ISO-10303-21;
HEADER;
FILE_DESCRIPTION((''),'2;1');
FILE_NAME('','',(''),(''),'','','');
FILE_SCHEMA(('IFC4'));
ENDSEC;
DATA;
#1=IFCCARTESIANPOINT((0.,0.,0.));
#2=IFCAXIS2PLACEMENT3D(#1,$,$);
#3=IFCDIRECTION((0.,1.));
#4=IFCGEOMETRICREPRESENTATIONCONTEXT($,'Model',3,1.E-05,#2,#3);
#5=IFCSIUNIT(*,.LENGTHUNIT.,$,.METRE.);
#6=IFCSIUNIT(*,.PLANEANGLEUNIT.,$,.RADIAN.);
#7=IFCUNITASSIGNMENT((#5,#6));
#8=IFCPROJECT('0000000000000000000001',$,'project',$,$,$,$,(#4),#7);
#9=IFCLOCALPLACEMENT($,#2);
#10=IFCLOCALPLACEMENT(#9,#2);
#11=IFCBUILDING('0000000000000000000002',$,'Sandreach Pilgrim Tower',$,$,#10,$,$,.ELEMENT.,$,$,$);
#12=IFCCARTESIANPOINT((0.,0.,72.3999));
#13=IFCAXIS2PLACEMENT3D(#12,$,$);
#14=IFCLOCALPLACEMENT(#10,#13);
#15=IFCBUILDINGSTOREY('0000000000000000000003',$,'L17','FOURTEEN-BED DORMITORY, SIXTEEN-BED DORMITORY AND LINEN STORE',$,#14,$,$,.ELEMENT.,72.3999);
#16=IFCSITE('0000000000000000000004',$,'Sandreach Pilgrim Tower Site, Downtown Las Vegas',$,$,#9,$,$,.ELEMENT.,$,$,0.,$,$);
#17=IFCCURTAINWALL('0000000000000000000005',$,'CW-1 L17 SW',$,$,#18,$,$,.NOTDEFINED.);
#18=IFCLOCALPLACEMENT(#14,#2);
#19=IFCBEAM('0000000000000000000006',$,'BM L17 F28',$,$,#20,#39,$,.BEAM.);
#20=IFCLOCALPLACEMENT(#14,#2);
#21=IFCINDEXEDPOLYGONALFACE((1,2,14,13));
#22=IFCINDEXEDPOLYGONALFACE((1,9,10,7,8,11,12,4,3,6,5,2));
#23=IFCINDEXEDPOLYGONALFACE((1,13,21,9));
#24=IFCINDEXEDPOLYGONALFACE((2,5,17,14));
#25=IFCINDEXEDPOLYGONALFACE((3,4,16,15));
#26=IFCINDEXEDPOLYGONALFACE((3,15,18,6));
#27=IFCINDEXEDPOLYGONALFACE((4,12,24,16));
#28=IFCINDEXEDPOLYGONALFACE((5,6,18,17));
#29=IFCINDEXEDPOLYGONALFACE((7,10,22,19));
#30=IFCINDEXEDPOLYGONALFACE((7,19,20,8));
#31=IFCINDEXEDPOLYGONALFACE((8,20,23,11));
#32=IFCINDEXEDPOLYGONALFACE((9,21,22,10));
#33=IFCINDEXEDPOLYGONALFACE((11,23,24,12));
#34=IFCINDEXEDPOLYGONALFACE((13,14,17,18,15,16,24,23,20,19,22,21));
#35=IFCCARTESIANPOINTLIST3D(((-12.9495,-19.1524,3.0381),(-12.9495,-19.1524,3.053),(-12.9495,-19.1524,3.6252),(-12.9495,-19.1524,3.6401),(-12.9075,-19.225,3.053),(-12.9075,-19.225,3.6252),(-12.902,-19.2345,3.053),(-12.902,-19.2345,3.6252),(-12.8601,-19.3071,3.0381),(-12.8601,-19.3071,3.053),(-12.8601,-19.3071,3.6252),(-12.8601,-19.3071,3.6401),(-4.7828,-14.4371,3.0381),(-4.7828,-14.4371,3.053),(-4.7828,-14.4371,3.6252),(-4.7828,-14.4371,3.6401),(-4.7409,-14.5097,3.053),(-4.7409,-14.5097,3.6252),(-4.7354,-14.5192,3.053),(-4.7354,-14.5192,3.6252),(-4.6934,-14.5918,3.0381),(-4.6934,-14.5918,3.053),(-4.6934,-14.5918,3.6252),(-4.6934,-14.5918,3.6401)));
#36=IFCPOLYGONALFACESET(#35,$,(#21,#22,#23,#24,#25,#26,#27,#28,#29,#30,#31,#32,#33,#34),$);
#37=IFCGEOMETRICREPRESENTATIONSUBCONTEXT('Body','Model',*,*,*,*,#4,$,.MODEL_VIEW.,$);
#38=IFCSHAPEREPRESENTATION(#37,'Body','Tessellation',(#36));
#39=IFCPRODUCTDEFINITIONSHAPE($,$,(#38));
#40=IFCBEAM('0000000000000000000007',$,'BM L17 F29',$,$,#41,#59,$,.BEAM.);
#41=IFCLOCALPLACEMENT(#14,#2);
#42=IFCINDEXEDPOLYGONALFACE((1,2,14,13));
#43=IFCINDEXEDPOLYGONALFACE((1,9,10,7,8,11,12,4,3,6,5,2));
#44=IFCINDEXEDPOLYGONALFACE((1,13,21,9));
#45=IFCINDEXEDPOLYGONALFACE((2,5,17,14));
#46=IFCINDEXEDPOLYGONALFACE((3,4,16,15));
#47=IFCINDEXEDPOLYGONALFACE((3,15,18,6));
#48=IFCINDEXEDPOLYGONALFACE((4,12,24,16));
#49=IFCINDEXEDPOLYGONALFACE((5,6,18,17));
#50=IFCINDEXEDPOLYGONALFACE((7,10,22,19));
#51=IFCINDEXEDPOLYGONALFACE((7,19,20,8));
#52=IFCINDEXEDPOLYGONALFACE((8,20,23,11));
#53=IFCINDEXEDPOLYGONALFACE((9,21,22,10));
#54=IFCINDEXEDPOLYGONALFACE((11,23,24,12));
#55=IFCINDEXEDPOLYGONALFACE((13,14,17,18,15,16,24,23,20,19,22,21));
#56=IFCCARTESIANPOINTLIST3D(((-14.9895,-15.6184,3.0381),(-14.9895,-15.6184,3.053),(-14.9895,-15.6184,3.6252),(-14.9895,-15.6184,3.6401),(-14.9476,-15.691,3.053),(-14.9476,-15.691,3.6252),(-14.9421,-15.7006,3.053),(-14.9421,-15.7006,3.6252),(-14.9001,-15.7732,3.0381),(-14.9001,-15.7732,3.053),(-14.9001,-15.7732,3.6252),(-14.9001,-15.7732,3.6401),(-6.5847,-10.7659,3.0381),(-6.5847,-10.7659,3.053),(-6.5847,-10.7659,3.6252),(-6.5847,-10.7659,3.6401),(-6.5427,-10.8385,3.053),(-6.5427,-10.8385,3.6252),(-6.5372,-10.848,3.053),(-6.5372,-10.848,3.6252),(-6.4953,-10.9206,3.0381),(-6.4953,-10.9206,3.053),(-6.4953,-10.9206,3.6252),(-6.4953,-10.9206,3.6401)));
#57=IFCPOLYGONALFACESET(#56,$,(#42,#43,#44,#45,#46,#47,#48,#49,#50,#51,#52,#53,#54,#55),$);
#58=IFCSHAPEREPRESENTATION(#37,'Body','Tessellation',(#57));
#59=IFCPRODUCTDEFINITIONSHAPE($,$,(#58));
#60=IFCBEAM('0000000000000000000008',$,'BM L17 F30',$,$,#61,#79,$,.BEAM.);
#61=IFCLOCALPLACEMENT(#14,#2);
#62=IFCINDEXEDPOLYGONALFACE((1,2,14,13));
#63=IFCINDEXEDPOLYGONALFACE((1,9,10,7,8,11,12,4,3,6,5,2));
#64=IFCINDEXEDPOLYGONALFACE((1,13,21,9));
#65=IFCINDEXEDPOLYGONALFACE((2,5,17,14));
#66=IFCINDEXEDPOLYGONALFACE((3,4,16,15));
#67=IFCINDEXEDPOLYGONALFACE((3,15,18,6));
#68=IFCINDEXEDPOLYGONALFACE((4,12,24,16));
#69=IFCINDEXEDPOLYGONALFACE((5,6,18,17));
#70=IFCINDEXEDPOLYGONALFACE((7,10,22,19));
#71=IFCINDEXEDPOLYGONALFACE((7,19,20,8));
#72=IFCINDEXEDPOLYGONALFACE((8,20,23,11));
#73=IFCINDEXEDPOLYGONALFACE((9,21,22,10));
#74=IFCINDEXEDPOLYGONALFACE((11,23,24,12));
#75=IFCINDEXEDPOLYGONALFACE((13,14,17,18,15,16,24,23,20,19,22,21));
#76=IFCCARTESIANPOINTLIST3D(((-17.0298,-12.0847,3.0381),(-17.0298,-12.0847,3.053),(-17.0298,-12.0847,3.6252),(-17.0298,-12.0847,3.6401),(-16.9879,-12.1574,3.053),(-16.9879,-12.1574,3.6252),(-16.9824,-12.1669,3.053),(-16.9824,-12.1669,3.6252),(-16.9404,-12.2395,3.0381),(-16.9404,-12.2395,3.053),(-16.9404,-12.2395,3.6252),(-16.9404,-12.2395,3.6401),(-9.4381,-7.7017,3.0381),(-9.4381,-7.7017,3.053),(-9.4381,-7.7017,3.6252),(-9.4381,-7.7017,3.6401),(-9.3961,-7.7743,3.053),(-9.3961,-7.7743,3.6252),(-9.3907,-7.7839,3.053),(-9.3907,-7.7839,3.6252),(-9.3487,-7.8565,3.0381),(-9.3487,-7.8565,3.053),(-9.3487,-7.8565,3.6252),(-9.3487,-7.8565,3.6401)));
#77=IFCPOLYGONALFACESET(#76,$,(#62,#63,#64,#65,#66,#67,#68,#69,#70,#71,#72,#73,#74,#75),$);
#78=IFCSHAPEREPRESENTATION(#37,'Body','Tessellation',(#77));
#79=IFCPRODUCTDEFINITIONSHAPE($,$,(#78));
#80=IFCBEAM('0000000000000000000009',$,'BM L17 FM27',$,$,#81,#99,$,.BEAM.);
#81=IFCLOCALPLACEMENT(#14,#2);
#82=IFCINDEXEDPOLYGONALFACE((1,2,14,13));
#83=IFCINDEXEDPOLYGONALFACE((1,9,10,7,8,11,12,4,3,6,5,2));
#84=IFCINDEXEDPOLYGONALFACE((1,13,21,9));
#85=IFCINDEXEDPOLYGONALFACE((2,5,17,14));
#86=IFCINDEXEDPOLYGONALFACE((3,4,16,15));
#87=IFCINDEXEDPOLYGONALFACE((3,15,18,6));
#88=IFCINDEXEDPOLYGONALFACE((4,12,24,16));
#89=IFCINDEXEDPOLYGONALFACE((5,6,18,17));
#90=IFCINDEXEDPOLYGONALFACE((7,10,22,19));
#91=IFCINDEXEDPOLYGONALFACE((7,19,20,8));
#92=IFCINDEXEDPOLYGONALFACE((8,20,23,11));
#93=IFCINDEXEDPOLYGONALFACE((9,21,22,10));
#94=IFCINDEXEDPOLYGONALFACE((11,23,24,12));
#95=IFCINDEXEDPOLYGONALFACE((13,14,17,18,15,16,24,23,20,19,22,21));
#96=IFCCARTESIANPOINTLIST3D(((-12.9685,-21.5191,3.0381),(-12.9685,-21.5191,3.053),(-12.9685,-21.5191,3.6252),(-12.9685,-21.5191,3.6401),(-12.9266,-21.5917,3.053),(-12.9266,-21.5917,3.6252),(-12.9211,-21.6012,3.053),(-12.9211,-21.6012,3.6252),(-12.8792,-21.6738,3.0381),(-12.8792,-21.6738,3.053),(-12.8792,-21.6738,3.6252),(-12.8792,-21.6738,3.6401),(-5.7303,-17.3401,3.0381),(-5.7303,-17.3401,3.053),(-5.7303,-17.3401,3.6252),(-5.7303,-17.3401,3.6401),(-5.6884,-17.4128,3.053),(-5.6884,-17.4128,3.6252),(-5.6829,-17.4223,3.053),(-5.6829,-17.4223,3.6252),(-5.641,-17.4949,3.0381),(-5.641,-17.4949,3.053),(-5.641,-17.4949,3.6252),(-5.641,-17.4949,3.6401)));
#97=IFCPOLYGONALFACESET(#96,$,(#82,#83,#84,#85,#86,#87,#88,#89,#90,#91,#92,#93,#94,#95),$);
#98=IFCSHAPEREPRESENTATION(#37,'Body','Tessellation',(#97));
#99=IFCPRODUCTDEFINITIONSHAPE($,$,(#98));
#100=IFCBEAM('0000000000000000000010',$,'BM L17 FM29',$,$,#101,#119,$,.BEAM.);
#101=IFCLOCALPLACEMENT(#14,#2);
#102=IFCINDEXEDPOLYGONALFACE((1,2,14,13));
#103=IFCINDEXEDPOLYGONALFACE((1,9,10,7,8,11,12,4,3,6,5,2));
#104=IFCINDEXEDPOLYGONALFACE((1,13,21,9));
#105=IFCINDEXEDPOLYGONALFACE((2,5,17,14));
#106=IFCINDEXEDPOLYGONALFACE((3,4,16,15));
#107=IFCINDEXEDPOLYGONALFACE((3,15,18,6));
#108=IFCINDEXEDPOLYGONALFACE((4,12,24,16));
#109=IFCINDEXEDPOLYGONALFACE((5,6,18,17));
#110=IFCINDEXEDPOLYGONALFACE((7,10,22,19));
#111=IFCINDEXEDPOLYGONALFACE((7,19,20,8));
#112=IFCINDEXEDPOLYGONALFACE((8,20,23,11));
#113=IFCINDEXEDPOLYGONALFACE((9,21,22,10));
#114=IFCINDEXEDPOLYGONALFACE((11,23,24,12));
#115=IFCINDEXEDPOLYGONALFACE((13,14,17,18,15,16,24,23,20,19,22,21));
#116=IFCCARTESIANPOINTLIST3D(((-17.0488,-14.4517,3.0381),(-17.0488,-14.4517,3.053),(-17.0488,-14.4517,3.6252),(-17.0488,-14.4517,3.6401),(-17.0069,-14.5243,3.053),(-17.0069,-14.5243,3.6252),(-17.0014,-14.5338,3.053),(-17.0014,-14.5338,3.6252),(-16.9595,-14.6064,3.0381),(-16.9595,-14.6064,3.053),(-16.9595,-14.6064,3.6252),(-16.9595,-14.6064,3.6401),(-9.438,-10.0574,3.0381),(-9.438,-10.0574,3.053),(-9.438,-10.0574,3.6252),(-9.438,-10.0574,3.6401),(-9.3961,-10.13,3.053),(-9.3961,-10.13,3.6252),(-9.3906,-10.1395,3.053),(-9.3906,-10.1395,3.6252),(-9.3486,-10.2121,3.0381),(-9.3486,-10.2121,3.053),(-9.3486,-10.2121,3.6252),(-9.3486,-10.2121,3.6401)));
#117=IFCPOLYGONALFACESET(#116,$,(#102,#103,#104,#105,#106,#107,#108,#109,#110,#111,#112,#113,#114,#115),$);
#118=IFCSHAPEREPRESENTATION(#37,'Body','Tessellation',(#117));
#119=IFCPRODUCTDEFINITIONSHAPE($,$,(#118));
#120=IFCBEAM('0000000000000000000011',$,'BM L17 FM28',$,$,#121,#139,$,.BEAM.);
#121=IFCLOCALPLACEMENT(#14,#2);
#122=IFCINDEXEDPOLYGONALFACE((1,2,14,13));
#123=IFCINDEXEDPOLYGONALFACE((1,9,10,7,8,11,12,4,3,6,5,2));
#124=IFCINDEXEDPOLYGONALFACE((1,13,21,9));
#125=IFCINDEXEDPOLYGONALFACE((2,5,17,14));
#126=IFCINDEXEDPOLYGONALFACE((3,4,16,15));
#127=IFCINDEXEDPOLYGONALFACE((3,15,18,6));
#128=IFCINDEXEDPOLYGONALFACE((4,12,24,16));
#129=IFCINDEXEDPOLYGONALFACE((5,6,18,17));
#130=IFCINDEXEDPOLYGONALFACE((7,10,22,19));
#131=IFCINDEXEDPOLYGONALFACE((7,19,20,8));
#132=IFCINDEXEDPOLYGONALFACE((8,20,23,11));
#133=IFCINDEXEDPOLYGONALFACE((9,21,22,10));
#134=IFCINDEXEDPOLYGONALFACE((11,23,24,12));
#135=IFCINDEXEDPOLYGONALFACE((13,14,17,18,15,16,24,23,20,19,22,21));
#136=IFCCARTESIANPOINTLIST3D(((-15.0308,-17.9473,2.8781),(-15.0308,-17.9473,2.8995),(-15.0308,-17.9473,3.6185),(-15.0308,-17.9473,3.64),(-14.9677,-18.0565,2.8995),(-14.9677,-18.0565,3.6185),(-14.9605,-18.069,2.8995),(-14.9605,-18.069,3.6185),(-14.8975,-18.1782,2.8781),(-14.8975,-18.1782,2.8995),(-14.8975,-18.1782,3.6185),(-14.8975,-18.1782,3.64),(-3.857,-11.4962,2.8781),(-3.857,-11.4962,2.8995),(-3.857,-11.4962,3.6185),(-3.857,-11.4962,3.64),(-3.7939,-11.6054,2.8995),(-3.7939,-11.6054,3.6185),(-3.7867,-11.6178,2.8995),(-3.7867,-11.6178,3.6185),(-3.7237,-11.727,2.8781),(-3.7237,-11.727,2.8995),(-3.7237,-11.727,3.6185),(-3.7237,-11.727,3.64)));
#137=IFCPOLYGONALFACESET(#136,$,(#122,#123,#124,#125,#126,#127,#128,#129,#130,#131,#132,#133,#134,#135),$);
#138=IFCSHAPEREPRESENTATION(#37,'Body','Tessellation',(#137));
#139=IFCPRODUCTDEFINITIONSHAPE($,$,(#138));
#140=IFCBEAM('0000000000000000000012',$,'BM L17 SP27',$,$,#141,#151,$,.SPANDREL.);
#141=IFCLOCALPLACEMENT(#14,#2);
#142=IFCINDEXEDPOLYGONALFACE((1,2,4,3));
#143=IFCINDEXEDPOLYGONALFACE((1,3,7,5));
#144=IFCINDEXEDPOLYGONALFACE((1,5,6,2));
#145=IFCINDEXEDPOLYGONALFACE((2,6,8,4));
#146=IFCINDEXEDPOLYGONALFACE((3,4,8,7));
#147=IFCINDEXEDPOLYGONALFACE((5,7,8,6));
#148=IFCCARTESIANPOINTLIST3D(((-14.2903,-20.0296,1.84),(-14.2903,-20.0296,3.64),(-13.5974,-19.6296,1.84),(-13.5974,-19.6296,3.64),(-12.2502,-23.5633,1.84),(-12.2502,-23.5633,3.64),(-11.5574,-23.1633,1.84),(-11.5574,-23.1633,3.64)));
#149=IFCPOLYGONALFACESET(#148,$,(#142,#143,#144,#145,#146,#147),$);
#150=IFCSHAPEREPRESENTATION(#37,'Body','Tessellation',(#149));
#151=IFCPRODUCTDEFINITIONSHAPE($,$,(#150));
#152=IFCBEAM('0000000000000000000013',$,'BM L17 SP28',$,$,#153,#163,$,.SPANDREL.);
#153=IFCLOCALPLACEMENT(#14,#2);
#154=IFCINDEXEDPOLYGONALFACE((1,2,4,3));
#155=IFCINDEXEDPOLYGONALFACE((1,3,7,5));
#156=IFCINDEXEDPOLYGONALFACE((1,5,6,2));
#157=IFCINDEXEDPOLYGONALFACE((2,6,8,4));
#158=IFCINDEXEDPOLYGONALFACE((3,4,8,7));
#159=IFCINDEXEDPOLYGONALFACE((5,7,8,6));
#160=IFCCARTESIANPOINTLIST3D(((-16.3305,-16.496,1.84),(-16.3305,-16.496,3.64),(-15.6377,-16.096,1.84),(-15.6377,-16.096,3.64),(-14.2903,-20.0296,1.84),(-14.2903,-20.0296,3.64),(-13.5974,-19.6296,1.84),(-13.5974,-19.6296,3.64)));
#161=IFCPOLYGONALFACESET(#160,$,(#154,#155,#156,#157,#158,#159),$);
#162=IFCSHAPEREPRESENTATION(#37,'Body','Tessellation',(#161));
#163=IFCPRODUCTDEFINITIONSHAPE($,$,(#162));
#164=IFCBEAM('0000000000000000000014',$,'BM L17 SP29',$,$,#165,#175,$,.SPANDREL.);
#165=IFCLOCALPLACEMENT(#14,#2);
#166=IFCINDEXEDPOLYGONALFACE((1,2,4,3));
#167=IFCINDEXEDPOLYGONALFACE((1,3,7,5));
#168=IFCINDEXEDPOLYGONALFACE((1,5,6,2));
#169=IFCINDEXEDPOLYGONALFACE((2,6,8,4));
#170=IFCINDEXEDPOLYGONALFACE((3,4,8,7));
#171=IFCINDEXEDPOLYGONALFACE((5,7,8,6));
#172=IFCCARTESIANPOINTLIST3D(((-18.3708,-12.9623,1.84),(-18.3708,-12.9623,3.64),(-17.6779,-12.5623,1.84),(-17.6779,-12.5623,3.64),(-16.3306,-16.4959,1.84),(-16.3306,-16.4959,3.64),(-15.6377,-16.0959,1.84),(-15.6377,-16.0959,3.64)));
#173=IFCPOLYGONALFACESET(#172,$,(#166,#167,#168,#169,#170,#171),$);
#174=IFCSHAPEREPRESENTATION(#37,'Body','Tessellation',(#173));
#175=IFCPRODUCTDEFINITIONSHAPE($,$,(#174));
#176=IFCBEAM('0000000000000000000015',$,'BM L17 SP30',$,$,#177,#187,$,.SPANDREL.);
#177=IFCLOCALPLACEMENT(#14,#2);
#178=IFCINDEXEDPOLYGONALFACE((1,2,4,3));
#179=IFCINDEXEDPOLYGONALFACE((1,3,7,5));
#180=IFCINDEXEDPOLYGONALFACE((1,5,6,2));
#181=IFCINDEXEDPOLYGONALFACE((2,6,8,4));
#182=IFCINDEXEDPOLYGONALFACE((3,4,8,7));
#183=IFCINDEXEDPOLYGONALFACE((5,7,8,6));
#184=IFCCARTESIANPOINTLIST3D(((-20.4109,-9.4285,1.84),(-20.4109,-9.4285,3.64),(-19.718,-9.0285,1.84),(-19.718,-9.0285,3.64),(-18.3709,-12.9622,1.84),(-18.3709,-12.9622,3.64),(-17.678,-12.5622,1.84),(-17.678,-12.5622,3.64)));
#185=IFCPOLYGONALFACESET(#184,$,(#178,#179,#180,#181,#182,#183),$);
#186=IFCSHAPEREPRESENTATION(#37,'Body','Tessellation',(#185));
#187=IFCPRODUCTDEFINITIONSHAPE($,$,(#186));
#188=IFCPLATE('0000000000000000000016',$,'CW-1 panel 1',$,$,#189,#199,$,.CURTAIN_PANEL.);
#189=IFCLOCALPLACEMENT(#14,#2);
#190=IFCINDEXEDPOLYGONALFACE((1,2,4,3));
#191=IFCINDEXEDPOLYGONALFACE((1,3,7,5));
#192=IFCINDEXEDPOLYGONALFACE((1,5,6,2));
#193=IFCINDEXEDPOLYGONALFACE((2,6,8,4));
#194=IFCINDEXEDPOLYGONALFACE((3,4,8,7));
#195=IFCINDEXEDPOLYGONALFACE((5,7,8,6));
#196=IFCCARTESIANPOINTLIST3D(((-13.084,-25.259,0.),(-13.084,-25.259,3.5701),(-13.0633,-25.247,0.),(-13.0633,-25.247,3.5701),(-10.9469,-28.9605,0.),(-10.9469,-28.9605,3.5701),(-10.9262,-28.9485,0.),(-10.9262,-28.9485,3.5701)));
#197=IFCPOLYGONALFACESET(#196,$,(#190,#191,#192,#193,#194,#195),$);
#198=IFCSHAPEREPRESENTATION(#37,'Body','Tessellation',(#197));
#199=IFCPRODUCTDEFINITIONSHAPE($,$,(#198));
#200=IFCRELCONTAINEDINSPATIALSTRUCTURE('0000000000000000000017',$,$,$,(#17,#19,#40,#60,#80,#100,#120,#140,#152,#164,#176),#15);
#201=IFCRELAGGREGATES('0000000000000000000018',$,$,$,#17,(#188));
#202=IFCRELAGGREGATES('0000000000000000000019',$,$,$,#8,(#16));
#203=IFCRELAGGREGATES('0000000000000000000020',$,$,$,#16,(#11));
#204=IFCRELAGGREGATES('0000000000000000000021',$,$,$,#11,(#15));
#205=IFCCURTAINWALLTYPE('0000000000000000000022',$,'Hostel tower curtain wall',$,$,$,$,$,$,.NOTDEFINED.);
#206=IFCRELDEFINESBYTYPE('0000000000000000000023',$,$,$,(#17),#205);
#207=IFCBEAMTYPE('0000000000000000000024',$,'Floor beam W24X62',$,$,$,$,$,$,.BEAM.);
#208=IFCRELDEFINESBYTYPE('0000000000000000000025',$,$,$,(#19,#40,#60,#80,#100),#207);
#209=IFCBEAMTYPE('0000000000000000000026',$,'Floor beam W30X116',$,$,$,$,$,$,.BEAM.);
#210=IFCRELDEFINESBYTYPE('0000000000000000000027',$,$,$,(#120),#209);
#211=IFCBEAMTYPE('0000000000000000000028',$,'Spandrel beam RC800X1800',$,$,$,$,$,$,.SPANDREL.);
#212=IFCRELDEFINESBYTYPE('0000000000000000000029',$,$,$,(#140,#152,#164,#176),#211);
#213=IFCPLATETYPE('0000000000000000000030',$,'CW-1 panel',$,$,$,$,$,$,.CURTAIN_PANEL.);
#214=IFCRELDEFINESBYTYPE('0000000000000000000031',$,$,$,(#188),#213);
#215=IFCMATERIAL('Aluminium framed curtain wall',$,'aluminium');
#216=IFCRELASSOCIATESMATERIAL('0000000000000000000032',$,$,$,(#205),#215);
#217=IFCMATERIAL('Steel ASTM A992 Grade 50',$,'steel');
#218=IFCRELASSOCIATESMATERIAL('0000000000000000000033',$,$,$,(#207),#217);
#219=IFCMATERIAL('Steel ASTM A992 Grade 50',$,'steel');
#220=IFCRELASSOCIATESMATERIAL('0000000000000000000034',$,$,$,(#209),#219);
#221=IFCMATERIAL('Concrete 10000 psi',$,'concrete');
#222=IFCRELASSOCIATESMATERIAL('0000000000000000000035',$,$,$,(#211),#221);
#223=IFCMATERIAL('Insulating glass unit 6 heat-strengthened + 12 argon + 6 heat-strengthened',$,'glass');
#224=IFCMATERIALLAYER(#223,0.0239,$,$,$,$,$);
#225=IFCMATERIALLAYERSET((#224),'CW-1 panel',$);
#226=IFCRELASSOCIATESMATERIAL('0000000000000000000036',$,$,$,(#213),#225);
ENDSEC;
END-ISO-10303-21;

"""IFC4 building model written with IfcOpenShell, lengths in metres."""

from ifc_helpers import new_model, si_unit, direction, frame, origin, origin_2d, place, context, subcontext, project, spatial, rectangle, i_section, extrude, material, layer, layer_set, material_profile, profile_set, type_object, element, aggregate, save


model = new_model("IFC4")

# Units and contexts
model_context = context("Model", 3, precision=1e-05, world=origin(), true_north=direction((0.0, 1.0)))
body_context = subcontext(model_context, "Body", "Model", "MODEL_VIEW")
ifc_project = project(units=[si_unit("LENGTHUNIT", "METRE"), si_unit("PLANEANGLEUNIT", "RADIAN")], contexts=[model_context])

# Site, building, storey
site_placement = place(None, origin())
site = spatial("IfcSite", under=ifc_project, at=site_placement, Name="Sandreach Pilgrim Tower Site, Downtown Las Vegas", CompositionType="ELEMENT", RefElevation=0.0)
building_placement = place(site_placement, origin())
building = spatial("IfcBuilding", under=site, at=building_placement, Name="Sandreach Pilgrim Tower", CompositionType="ELEMENT")
storey_placement = place(building_placement, frame((0.0, 0.0, 72.3999)))
storey = spatial("IfcBuildingStorey", under=building, at=storey_placement, Name="L17", Description="FOURTEEN-BED DORMITORY, SIXTEEN-BED DORMITORY AND LINEN STORE", CompositionType="ELEMENT", Elevation=72.3999)

# Curtain wall
ifc_material_1 = material(Name="Aluminium framed curtain wall", Category="aluminium")
curtain_wall_type = type_object("IfcCurtainWallType", Name="Hostel tower curtain wall", PredefinedType="NOTDEFINED", material=ifc_material_1)
curtain_wall_placement = place(storey_placement, origin())
curtain_wall = element("IfcCurtainWall", 1, at=curtain_wall_placement, inside=storey, type_object=curtain_wall_type, Name="CW-1 L17 SW", PredefinedType="NOTDEFINED")

# Beams
ifc_material_2 = material(Name="Steel ASTM A992 Grade 50", Category="steel")
ifc_material_profile_1 = material_profile(ifc_material_2, i_section(OverallWidth=0.1787, OverallDepth=0.6021, WebThickness=0.011, FlangeThickness=0.0149, at=origin_2d()), Name="W24X62")
ifc_profile_set_1 = profile_set([ifc_material_profile_1], Name="Steel ASTM A992 Grade 50")
beam_type_1 = type_object("IfcBeamType", Name="Floor beam W24X62", PredefinedType="BEAM", material=ifc_profile_set_1)
beam_1_placement = place(storey_placement, frame((-12.9048, -19.2297, 3.3391), z_axis=(0.866014, 0.500021, 0.0), x_axis=(-0.500021, 0.866014, 0.0)))
element("IfcBeam", 2, at=beam_1_placement, inside=storey, type_object=beam_type_1, Name="BM L17 F28", PredefinedType="BEAM", context=body_context, shape_type="SweptSolid", body=[
    extrude(i_section(OverallWidth=0.1787, OverallDepth=0.6021, WebThickness=0.011, FlangeThickness=0.0149, at=origin_2d()), origin(), (0.0, 0.0, 1.0), 9.4302),
])
beam_2_placement = place(storey_placement, frame((-14.9448, -15.6958, 3.3391), z_axis=(0.866024, 0.500003, 0.0), x_axis=(-0.500003, 0.866024, 0.0)))
element("IfcBeam", 3, at=beam_2_placement, inside=storey, type_object=beam_type_1, Name="BM L17 F29", PredefinedType="BEAM", context=body_context, shape_type="SweptSolid", body=[
    extrude(i_section(OverallWidth=0.1787, OverallDepth=0.6021, WebThickness=0.011, FlangeThickness=0.0149, at=origin_2d()), origin(), (0.0, 0.0, 1.0), 9.7051),
])
beam_3_placement = place(storey_placement, frame((-16.9851, -12.1621, 3.3391), z_axis=(0.866029, 0.499994, 0.0), x_axis=(-0.499994, 0.866029, 0.0)))
element("IfcBeam", 4, at=beam_3_placement, inside=storey, type_object=beam_type_1, Name="BM L17 F30", PredefinedType="BEAM", context=body_context, shape_type="SweptSolid", body=[
    extrude(i_section(OverallWidth=0.1787, OverallDepth=0.6021, WebThickness=0.011, FlangeThickness=0.0149, at=origin_2d()), origin(), (0.0, 0.0, 1.0), 8.7661),
])
beam_4_placement = place(storey_placement, frame((-12.9238, -21.5964, 3.3391), z_axis=(0.866029, 0.499994, 0.0), x_axis=(-0.499994, 0.866029, 0.0)))
element("IfcBeam", 5, at=beam_4_placement, inside=storey, type_object=beam_type_1, Name="BM L17 FM27", PredefinedType="BEAM", context=body_context, shape_type="SweptSolid", body=[
    extrude(i_section(OverallWidth=0.1787, OverallDepth=0.6021, WebThickness=0.011, FlangeThickness=0.0149, at=origin_2d()), origin(), (0.0, 0.0, 1.0), 8.3579),
])
beam_5_placement = place(storey_placement, frame((-17.0042, -14.5291, 3.3391), z_axis=(0.866017, 0.500014, 0.0), x_axis=(-0.500014, 0.866017, 0.0)))
element("IfcBeam", 6, at=beam_5_placement, inside=storey, type_object=beam_type_1, Name="BM L17 FM29", PredefinedType="BEAM", context=body_context, shape_type="SweptSolid", body=[
    extrude(i_section(OverallWidth=0.1787, OverallDepth=0.6021, WebThickness=0.011, FlangeThickness=0.0149, at=origin_2d()), origin(), (0.0, 0.0, 1.0), 8.7883),
])
ifc_material_3 = material(Name="Steel ASTM A992 Grade 50", Category="steel")
ifc_material_profile_2 = material_profile(ifc_material_3, i_section(OverallWidth=0.2666, OverallDepth=0.762, WebThickness=0.0144, FlangeThickness=0.0215, at=origin_2d()), Name="W30X116")
ifc_profile_set_2 = profile_set([ifc_material_profile_2], Name="Steel ASTM A992 Grade 50")
beam_type_2 = type_object("IfcBeamType", Name="Floor beam W30X116", PredefinedType="BEAM", material=ifc_profile_set_2)
beam_6_placement = place(storey_placement, frame((-14.9641, -18.0627, 3.259), z_axis=(0.866027, 0.499998, 0.0), x_axis=(-0.499998, 0.866027, 0.0)))
element("IfcBeam", 7, at=beam_6_placement, inside=storey, type_object=beam_type_2, Name="BM L17 FM28", PredefinedType="BEAM", context=body_context, shape_type="SweptSolid", body=[
    extrude(i_section(OverallWidth=0.2666, OverallDepth=0.762, WebThickness=0.0144, FlangeThickness=0.0215, at=origin_2d()), origin(), (0.0, 0.0, 1.0), 12.9023),
])
ifc_material_4 = material(Name="Concrete 10000 psi", Category="concrete")
ifc_material_profile_3 = material_profile(ifc_material_4, rectangle(XDim=0.8, YDim=1.8, at=origin_2d()), Name="RC800X1800")
ifc_profile_set_3 = profile_set([ifc_material_profile_3], Name="Concrete 10000 psi")
beam_type_3 = type_object("IfcBeamType", Name="Spandrel beam RC800X1800", PredefinedType="SPANDREL", material=ifc_profile_set_3)
for number, where, z_axis, x_axis, name in (
    (8, (-11.9038, -23.3633, 2.74), (-0.499975, 0.86604, 0.0), (-0.86604, -0.499975, 0.0), "BM L17 SP27"),
    (9, (-13.9438, -19.8296, 2.74), (-0.500019, 0.866014, 0.0), (-0.866014, -0.500019, 0.0), "BM L17 SP28"),
    (10, (-15.9841, -16.2959, 2.74), (-0.500019, 0.866014, 0.0), (-0.866014, -0.500019, 0.0), "BM L17 SP29"),
    (11, (-18.0244, -12.7622, 2.74), (-0.499975, 0.86604, 0.0), (-0.86604, -0.499975, 0.0), "BM L17 SP30"),
):
    element("IfcBeam", number, at=place(storey_placement, frame(where, z_axis=z_axis, x_axis=x_axis)), inside=storey, type_object=beam_type_3, Name=name, PredefinedType="SPANDREL", context=body_context, shape_type="SweptSolid", body=[
        extrude(rectangle(XDim=0.8, YDim=1.8, at=origin_2d()), origin(), (0.0, 0.0, 1.0), 4.0803),
    ])

# Plate
ifc_material_5 = material(Name="Insulating glass unit 6 heat-strengthened + 12 argon + 6 heat-strengthened", Category="glass")
ifc_layer_1 = layer(ifc_material_5, 0.0239)
ifc_layer_set_1 = layer_set([ifc_layer_1], Name="CW-1 panel")
plate_type = type_object("IfcPlateType", Name="CW-1 panel", PredefinedType="CURTAIN_PANEL", material=ifc_layer_set_1)
plate_1_placement = place(storey_placement, frame((-12.0051, -27.1038, 0.0), z_axis=(0.0, 0.0, 1.0), x_axis=(-0.5, 0.866025, 0.0)))
plate_1 = element("IfcPlate", 12, at=plate_1_placement, type_object=plate_type, Name="CW-1 panel 1", PredefinedType="CURTAIN_PANEL", context=body_context, shape_type="SweptSolid", body=[
    extrude(rectangle(XDim=4.2742, YDim=0.0239, at=origin_2d()), origin(), (0.0, 0.0, 1.0), 3.5701),
])
aggregate(curtain_wall, [plate_1])

save(model, "model.ifc")
